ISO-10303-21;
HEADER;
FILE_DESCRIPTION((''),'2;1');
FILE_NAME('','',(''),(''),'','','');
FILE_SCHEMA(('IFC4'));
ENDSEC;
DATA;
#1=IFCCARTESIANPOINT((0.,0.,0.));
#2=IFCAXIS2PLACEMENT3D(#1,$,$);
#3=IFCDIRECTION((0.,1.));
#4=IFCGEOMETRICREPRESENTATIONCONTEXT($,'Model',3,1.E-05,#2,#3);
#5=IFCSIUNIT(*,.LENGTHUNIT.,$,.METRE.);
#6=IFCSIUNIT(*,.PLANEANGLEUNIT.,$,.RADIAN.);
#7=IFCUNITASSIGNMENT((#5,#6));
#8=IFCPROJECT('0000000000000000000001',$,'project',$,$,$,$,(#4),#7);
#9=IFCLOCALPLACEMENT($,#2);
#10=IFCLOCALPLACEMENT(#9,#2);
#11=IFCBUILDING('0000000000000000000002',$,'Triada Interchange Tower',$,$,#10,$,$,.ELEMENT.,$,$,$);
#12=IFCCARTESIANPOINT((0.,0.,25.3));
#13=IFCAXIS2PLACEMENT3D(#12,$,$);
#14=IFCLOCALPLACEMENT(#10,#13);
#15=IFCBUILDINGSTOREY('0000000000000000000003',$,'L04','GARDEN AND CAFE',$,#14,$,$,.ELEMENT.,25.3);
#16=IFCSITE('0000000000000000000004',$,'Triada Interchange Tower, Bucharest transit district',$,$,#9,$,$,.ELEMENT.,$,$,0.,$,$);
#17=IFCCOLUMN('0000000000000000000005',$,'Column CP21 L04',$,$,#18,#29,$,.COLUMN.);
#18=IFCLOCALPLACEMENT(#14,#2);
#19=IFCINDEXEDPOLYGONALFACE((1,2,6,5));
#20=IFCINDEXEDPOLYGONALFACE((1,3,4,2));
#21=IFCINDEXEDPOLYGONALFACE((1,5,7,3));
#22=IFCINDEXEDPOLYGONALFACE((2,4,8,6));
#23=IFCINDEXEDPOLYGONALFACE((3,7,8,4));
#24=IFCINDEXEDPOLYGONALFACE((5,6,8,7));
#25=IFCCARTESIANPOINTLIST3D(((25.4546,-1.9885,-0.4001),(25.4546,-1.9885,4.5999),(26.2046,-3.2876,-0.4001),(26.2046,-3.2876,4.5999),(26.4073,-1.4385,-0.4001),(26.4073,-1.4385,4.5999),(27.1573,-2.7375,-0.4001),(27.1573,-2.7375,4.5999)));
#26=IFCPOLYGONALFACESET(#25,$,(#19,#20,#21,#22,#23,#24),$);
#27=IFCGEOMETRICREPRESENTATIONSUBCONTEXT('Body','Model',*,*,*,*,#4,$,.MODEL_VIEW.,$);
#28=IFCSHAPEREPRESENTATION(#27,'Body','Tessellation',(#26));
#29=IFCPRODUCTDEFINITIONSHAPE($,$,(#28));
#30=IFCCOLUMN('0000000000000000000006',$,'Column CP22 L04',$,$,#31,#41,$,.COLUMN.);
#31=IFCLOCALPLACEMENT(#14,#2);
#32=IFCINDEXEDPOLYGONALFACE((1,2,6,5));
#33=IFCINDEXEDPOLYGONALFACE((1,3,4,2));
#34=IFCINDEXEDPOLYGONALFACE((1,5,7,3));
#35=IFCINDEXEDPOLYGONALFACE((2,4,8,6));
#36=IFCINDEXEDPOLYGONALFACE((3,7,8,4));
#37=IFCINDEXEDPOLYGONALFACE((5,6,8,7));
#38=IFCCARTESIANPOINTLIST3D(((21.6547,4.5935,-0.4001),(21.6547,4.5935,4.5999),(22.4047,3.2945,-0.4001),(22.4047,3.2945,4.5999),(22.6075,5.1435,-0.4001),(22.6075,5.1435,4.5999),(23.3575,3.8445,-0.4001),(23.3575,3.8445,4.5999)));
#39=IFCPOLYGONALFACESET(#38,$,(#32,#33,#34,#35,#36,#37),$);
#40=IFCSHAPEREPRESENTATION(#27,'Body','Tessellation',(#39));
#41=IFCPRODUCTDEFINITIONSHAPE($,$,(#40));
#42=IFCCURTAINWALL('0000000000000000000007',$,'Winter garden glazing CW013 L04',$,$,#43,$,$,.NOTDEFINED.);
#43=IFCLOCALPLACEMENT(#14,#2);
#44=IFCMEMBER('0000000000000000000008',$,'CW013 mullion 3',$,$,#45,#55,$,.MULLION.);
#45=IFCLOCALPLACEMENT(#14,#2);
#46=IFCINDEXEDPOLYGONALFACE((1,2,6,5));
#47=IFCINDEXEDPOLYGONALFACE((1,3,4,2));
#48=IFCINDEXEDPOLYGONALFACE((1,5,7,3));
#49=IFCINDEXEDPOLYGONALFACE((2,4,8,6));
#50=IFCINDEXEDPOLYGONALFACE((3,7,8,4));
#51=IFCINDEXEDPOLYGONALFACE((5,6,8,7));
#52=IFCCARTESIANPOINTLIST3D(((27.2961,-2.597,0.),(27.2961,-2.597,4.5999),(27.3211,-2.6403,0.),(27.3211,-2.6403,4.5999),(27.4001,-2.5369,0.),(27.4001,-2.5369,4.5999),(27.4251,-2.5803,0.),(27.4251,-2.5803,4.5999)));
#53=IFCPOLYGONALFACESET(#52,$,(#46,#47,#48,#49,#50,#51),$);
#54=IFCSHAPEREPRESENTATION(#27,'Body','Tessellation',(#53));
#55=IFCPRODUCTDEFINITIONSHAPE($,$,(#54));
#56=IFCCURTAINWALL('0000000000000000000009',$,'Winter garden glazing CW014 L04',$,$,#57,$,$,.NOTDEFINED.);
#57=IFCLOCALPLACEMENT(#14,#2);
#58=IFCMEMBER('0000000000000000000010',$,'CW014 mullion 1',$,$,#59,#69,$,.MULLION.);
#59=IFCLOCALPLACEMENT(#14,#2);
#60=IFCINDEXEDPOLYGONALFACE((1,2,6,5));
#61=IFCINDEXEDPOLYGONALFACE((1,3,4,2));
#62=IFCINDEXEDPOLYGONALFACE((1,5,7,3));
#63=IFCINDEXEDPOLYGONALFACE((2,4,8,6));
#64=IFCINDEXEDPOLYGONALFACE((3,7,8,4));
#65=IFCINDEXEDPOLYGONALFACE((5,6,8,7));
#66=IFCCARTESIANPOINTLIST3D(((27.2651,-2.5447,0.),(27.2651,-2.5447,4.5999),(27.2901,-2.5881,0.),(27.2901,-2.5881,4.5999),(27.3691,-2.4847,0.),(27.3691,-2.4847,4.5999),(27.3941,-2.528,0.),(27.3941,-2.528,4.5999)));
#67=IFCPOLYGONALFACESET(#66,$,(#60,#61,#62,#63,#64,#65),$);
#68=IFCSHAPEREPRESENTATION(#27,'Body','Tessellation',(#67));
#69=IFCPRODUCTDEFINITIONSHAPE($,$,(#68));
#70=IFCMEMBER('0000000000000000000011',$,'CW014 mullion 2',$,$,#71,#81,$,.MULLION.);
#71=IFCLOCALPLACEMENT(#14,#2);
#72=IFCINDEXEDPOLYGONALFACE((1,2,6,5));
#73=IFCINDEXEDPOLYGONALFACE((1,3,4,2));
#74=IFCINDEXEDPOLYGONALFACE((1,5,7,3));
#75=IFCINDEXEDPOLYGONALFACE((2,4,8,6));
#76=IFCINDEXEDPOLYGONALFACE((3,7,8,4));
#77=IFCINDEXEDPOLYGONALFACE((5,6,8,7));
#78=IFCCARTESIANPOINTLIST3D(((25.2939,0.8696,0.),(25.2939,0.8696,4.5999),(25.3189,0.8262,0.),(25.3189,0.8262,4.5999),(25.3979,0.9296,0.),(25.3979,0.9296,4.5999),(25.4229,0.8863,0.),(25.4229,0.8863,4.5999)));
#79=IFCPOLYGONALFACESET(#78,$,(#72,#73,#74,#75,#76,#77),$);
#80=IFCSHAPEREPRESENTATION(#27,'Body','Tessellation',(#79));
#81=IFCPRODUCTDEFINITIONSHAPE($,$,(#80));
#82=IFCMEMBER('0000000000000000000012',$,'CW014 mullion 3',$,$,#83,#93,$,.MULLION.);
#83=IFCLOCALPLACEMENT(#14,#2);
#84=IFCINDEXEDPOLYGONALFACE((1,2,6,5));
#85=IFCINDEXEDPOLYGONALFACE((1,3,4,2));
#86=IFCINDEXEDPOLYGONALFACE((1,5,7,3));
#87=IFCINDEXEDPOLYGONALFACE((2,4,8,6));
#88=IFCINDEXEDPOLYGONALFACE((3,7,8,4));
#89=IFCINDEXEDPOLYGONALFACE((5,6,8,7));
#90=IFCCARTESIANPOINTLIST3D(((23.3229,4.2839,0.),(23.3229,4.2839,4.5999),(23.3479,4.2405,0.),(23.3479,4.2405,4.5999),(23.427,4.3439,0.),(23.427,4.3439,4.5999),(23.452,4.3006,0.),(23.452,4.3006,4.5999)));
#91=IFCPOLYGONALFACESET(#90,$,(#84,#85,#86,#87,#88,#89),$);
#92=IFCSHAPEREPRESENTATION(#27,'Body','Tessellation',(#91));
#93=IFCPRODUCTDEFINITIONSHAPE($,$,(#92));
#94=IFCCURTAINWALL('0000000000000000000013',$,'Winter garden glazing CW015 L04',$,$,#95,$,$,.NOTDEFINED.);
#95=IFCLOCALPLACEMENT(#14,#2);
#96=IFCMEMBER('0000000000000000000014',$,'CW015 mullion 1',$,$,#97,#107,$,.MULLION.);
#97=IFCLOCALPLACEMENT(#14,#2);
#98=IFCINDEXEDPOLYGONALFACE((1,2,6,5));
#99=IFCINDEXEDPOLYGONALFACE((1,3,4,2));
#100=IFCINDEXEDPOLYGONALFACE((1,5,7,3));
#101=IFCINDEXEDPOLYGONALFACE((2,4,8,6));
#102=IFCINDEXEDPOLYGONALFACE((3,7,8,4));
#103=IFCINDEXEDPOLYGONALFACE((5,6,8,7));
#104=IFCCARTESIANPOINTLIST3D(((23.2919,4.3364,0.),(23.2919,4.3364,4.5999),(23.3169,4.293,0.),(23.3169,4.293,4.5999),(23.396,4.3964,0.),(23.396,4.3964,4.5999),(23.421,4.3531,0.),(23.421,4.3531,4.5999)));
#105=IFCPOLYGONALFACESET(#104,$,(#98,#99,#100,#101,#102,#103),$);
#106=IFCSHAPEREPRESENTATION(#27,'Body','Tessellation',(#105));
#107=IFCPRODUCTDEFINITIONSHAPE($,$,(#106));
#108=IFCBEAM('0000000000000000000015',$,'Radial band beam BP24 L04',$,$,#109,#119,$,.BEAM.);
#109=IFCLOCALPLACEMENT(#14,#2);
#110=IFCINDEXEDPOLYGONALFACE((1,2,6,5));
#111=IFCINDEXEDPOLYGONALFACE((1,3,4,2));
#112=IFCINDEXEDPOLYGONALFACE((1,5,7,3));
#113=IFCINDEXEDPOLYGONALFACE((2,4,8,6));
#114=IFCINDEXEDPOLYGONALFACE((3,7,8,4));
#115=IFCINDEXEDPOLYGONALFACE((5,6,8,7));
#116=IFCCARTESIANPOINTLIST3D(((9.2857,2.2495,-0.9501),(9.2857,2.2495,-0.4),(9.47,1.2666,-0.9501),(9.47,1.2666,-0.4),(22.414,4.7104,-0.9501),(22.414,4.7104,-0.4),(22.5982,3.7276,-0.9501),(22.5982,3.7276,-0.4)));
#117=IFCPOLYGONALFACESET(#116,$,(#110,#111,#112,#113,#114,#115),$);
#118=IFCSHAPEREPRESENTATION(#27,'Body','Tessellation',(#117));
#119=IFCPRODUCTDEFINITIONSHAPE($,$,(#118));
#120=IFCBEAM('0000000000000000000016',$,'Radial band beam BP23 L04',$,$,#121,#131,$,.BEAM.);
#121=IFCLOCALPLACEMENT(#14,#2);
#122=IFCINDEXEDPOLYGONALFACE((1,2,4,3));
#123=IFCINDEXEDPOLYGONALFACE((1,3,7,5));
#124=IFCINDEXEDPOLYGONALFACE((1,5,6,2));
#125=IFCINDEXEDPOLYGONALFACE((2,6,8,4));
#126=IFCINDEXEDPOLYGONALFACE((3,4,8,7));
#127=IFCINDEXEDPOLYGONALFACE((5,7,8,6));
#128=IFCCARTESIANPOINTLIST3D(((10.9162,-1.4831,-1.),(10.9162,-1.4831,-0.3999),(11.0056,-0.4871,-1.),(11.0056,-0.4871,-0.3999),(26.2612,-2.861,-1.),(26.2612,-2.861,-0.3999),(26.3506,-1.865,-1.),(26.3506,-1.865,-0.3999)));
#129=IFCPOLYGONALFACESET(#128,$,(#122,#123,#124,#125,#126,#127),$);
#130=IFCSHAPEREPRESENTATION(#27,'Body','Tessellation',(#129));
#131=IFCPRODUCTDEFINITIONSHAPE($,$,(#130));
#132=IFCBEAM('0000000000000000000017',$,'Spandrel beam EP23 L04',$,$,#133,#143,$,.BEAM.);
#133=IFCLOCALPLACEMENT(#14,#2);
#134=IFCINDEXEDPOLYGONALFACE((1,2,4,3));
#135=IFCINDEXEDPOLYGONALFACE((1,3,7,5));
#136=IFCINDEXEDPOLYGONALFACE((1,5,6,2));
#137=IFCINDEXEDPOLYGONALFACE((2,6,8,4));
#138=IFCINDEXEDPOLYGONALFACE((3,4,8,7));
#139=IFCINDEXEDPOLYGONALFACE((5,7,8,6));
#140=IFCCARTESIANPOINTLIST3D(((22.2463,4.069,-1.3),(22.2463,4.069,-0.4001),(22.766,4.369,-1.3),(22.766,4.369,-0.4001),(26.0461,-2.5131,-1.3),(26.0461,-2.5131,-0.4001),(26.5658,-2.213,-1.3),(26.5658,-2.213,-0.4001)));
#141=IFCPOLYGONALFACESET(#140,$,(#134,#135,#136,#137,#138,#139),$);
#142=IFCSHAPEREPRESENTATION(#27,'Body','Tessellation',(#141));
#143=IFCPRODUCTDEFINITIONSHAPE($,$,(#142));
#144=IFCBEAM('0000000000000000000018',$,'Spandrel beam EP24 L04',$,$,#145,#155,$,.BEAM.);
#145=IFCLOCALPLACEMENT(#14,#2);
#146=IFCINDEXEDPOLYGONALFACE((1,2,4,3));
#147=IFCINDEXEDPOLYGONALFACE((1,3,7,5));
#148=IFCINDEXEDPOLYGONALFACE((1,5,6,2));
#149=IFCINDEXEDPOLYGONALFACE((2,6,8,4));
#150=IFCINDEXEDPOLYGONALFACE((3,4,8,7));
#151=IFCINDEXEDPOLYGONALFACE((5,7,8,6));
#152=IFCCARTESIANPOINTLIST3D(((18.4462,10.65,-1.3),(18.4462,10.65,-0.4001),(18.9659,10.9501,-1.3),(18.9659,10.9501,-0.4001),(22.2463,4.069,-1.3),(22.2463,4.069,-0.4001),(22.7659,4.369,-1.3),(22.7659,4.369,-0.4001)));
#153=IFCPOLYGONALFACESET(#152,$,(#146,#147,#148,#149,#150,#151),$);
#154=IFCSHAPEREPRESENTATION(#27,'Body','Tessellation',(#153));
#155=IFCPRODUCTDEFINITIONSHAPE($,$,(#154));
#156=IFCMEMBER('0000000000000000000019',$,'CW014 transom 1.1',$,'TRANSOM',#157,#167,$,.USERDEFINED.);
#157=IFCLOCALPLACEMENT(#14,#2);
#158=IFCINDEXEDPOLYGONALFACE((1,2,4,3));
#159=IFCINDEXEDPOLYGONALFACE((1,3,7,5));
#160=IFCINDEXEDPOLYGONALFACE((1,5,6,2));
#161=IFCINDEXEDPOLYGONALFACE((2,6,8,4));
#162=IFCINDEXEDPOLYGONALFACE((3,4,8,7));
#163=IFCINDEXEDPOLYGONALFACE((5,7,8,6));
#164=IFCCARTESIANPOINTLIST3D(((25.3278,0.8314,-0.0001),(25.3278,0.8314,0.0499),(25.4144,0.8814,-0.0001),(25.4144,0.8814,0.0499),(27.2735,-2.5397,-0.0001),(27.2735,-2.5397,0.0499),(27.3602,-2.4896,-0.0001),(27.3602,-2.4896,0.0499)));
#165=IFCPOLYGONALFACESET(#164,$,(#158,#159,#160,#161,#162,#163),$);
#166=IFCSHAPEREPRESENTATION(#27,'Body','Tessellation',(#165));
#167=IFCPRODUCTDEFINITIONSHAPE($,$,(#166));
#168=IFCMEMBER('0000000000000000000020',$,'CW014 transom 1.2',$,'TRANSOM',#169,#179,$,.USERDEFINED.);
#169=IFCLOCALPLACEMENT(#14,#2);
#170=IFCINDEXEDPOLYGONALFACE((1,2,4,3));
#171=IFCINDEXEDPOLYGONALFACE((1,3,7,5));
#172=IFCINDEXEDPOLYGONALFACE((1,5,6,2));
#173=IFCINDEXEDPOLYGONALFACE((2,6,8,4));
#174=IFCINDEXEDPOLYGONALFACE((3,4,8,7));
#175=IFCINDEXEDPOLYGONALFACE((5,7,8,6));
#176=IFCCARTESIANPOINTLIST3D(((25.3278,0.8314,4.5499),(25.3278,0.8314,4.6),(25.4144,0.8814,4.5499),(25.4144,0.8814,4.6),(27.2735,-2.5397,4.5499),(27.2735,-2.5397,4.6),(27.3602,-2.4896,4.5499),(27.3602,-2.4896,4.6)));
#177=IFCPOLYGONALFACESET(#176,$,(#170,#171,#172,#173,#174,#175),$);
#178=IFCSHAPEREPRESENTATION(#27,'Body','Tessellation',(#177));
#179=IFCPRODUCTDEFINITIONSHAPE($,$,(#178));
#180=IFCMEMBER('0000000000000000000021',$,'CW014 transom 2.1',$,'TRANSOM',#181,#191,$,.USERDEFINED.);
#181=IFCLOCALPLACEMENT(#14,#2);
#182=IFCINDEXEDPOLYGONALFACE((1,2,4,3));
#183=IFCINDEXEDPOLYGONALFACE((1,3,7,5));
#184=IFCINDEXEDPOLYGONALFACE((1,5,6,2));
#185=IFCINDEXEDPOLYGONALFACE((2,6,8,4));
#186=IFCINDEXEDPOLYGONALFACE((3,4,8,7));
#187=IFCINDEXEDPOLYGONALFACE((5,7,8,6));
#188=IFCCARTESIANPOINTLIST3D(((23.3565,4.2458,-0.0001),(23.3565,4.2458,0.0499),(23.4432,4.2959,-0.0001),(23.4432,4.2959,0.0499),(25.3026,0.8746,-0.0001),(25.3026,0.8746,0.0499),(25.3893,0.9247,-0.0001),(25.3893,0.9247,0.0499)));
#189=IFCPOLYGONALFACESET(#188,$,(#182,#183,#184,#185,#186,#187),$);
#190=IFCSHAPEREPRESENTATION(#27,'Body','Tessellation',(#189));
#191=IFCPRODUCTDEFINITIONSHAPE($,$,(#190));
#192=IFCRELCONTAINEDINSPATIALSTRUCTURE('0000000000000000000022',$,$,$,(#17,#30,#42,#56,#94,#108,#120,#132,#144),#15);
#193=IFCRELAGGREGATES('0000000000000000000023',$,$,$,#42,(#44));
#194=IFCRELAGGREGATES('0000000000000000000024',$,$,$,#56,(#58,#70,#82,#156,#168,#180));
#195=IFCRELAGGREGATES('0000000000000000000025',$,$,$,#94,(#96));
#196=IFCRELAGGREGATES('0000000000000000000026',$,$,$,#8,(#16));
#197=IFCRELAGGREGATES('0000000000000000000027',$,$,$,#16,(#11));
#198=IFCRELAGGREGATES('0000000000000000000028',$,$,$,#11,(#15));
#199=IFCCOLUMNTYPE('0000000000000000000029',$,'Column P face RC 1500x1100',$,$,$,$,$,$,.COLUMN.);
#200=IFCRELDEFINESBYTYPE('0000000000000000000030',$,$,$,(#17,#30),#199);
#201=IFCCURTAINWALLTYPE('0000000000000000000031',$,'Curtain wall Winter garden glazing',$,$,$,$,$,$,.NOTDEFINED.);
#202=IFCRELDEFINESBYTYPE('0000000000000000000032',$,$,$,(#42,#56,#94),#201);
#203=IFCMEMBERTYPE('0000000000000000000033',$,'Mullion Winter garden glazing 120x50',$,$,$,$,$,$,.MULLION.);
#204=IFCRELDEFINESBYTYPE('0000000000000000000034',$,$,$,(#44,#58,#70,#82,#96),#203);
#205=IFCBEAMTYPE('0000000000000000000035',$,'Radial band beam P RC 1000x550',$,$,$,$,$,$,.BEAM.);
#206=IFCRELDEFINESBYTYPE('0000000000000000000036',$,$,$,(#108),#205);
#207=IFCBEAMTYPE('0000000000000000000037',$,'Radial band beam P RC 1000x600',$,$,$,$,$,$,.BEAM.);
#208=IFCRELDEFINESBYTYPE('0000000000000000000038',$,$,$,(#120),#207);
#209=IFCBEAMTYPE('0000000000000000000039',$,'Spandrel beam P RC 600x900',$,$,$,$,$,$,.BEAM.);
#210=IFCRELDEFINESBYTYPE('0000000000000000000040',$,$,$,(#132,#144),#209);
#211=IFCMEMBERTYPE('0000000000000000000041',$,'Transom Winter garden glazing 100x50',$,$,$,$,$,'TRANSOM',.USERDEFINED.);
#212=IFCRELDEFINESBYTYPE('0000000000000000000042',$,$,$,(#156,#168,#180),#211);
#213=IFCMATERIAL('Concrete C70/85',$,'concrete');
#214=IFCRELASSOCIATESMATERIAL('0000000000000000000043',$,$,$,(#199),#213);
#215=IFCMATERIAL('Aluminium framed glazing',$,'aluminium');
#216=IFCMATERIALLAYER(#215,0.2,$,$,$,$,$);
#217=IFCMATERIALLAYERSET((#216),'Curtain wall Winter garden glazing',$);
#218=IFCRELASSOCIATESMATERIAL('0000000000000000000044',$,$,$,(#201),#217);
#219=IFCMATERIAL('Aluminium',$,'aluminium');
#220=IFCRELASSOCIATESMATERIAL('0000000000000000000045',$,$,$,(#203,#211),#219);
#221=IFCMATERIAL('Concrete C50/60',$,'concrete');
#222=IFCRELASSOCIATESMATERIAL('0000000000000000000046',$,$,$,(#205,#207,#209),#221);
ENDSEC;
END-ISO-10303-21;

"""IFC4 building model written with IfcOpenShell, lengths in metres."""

from ifc_helpers import new_model, si_unit, direction, frame, origin, origin_2d, place, context, subcontext, project, spatial, rectangle, extrude, material, layer, layer_set, material_profile, profile_set, type_object, element, aggregate, save


model = new_model("IFC4")

# Units and contexts
model_context = context("Model", 3, precision=1e-05, world=origin(), true_north=direction((0.0, 1.0)))
body_context = subcontext(model_context, "Body", "Model", "MODEL_VIEW")
ifc_project = project(units=[si_unit("LENGTHUNIT", "METRE"), si_unit("PLANEANGLEUNIT", "RADIAN")], contexts=[model_context])

# Site, building, storey
site_placement = place(None, origin())
site = spatial("IfcSite", under=ifc_project, at=site_placement, Name="Triada Interchange Tower, Bucharest transit district", CompositionType="ELEMENT", RefElevation=0.0)
building_placement = place(site_placement, origin())
building = spatial("IfcBuilding", under=site, at=building_placement, Name="Triada Interchange Tower", CompositionType="ELEMENT")
storey_placement = place(building_placement, frame((0.0, 0.0, 25.3)))
storey = spatial("IfcBuildingStorey", under=building, at=storey_placement, Name="L04", Description="GARDEN AND CAFE", CompositionType="ELEMENT", Elevation=25.3)

# Columns
ifc_material_1 = material(Name="Concrete C70/85", Category="concrete")
ifc_material_profile_1 = material_profile(ifc_material_1, rectangle(XDim=1.5, YDim=1.1001, at=origin_2d()), Name="RC 1500x1100")
ifc_profile_set_1 = profile_set([ifc_material_profile_1], Name="Concrete C70/85")
column_type = type_object("IfcColumnType", Name="Column P face RC 1500x1100", PredefinedType="COLUMN", material=ifc_profile_set_1)
for number, where, z_axis, x_axis, name in (
    (1, (26.3059, -2.363, -0.4001), (0.0, 0.0, 1.0), (-0.5, 0.866025, 0.0), "Column CP21 L04"),
    (2, (22.5061, 4.219, -0.4001), (0.0, 0.0, 1.0), (-0.5, 0.866025, 0.0), "Column CP22 L04"),
):
    element("IfcColumn", number, at=place(storey_placement, frame(where, z_axis=z_axis, x_axis=x_axis)), inside=storey, type_object=column_type, Name=name, PredefinedType="COLUMN", context=body_context, shape_type="SweptSolid", body=[
        extrude(rectangle(XDim=1.5, YDim=1.1001, at=origin_2d()), origin(), (0.0, 0.0, 1.0), 5.0),
    ])

# Curtain wall, member
ifc_material_2 = material(Name="Aluminium framed glazing", Category="aluminium")
ifc_layer_1 = layer(ifc_material_2, 0.2)
ifc_layer_set_1 = layer_set([ifc_layer_1], Name="Curtain wall Winter garden glazing")
curtain_wall_type = type_object("IfcCurtainWallType", Name="Curtain wall Winter garden glazing", PredefinedType="NOTDEFINED", material=ifc_layer_set_1)
curtain_wall_1_placement = place(storey_placement, origin())
curtain_wall_1 = element("IfcCurtainWall", 3, at=curtain_wall_1_placement, inside=storey, type_object=curtain_wall_type, Name="Winter garden glazing CW013 L04", PredefinedType="NOTDEFINED")
ifc_material_3 = material(Name="Aluminium", Category="aluminium")
ifc_material_profile_2 = material_profile(ifc_material_3, rectangle(XDim=0.1201, YDim=0.05, at=origin_2d()), Name="Aluminium mullion")
ifc_profile_set_2 = profile_set([ifc_material_profile_2], Name="Aluminium")
member_type_1 = type_object("IfcMemberType", Name="Mullion Winter garden glazing 120x50", PredefinedType="MULLION", material=ifc_profile_set_2)
member_1_placement = place(storey_placement, frame((27.3606, -2.5886, 0.0), z_axis=(0.0, 0.0, 1.0), x_axis=(-0.866055, -0.499948, 0.0)))
member_1 = element("IfcMember", 4, at=member_1_placement, type_object=member_type_1, Name="CW013 mullion 3", PredefinedType="MULLION", context=body_context, shape_type="SweptSolid", body=[
    extrude(rectangle(XDim=0.1201, YDim=0.05, at=origin_2d()), origin(), (0.0, 0.0, 1.0), 4.5999),
])

# Curtain wall, members
curtain_wall_2_placement = place(storey_placement, origin())
curtain_wall_2 = element("IfcCurtainWall", 5, at=curtain_wall_2_placement, inside=storey, type_object=curtain_wall_type, Name="Winter garden glazing CW014 L04", PredefinedType="NOTDEFINED")
member_2_placement = place(storey_placement, frame((27.3296, -2.5364, 0.0), z_axis=(0.0, 0.0, 1.0), x_axis=(-0.866055, -0.499948, 0.0)))
member_2 = element("IfcMember", 6, at=member_2_placement, type_object=member_type_1, Name="CW014 mullion 1", PredefinedType="MULLION", context=body_context, shape_type="SweptSolid", body=[
    extrude(rectangle(XDim=0.1201, YDim=0.05, at=origin_2d()), origin(), (0.0, 0.0, 1.0), 4.5999),
])
member_3_placement = place(storey_placement, frame((25.3584, 0.8779, 0.0), z_axis=(0.0, 0.0, 1.0), x_axis=(-0.866055, -0.499948, 0.0)))
member_3 = element("IfcMember", 7, at=member_3_placement, type_object=member_type_1, Name="CW014 mullion 2", PredefinedType="MULLION", context=body_context, shape_type="SweptSolid", body=[
    extrude(rectangle(XDim=0.1201, YDim=0.05, at=origin_2d()), origin(), (0.0, 0.0, 1.0), 4.5999),
])
member_4_placement = place(storey_placement, frame((23.3875, 4.2922, 0.0), z_axis=(0.0, 0.0, 1.0), x_axis=(-0.866055, -0.499948, 0.0)))
member_4 = element("IfcMember", 8, at=member_4_placement, type_object=member_type_1, Name="CW014 mullion 3", PredefinedType="MULLION", context=body_context, shape_type="SweptSolid", body=[
    extrude(rectangle(XDim=0.1201, YDim=0.05, at=origin_2d()), origin(), (0.0, 0.0, 1.0), 4.5999),
])

# Curtain wall, member
curtain_wall_3_placement = place(storey_placement, origin())
curtain_wall_3 = element("IfcCurtainWall", 9, at=curtain_wall_3_placement, inside=storey, type_object=curtain_wall_type, Name="Winter garden glazing CW015 L04", PredefinedType="NOTDEFINED")
member_5_placement = place(storey_placement, frame((23.3564, 4.3447, 0.0), z_axis=(0.0, 0.0, 1.0), x_axis=(-0.866087, -0.499893, 0.0)))
member_5 = element("IfcMember", 10, at=member_5_placement, type_object=member_type_1, Name="CW015 mullion 1", PredefinedType="MULLION", context=body_context, shape_type="SweptSolid", body=[
    extrude(rectangle(XDim=0.1201, YDim=0.05, at=origin_2d()), origin(), (0.0, 0.0, 1.0), 4.5999),
])

# Beams
ifc_material_4 = material(Name="Concrete C50/60", Category="concrete")
ifc_material_profile_3 = material_profile(ifc_material_4, rectangle(XDim=1.0, YDim=0.55, at=origin_2d()), Name="RC 1000x550")
ifc_profile_set_3 = profile_set([ifc_material_profile_3], Name="Concrete C50/60")
beam_type_1 = type_object("IfcBeamType", Name="Radial band beam P RC 1000x550", PredefinedType="BEAM", material=ifc_profile_set_3)
beam_1_placement = place(storey_placement, frame((22.5061, 4.219, -0.675), z_axis=(-0.98288, -0.184245, 0.0), x_axis=(0.184245, -0.98288, 0.0)))
element("IfcBeam", 11, at=beam_1_placement, inside=storey, type_object=beam_type_1, Name="Radial band beam BP24 L04", PredefinedType="BEAM", context=body_context, shape_type="SweptSolid", body=[
    extrude(rectangle(XDim=1.0, YDim=0.55, at=origin_2d()), origin(), (0.0, 0.0, 1.0), 13.3569),
])
ifc_material_profile_4 = material_profile(ifc_material_4, rectangle(XDim=1.0, YDim=0.6001, at=origin_2d()), Name="RC 1000x600")
ifc_profile_set_4 = profile_set([ifc_material_profile_4], Name="Concrete C50/60")
beam_type_2 = type_object("IfcBeamType", Name="Radial band beam P RC 1000x600", PredefinedType="BEAM", material=ifc_profile_set_4)
beam_2_placement = place(storey_placement, frame((26.3059, -2.363, -0.7), z_axis=(-0.995992, 0.089437, 0.0), x_axis=(-0.089437, -0.995992, 0.0)))
element("IfcBeam", 12, at=beam_2_placement, inside=storey, type_object=beam_type_2, Name="Radial band beam BP23 L04", PredefinedType="BEAM", context=body_context, shape_type="SweptSolid", body=[
    extrude(rectangle(XDim=1.0, YDim=0.6001, at=origin_2d()), origin(), (0.0, 0.0, 1.0), 15.4067),
])
ifc_material_profile_5 = material_profile(ifc_material_4, rectangle(XDim=0.6001, YDim=0.8999, at=origin_2d()), Name="RC 600x900")
ifc_profile_set_5 = profile_set([ifc_material_profile_5], Name="Concrete C50/60")
beam_type_3 = type_object("IfcBeamType", Name="Spandrel beam P RC 600x900", PredefinedType="BEAM", material=ifc_profile_set_5)
beam_3_placement = place(storey_placement, frame((26.3059, -2.363, -0.8501), z_axis=(-0.499967, 0.866044, 0.0), x_axis=(-0.866044, -0.499967, 0.0)))
element("IfcBeam", 13, at=beam_3_placement, inside=storey, type_object=beam_type_3, Name="Spandrel beam EP23 L04", PredefinedType="BEAM", context=body_context, shape_type="SweptSolid", body=[
    extrude(rectangle(XDim=0.6001, YDim=0.8999, at=origin_2d()), origin(), (0.0, 0.0, 1.0), 7.6001),
])
beam_4_placement = place(storey_placement, frame((22.5061, 4.219, -0.8501), z_axis=(-0.500047, 0.865998, 0.0), x_axis=(-0.865998, -0.500047, 0.0)))
element("IfcBeam", 14, at=beam_4_placement, inside=storey, type_object=beam_type_3, Name="Spandrel beam EP24 L04", PredefinedType="BEAM", context=body_context, shape_type="SweptSolid", body=[
    extrude(rectangle(XDim=0.6001, YDim=0.8999, at=origin_2d()), origin(), (0.0, 0.0, 1.0), 7.5994),
])

# Members
ifc_material_profile_6 = material_profile(ifc_material_3, rectangle(XDim=0.1001, YDim=0.05, at=origin_2d()), Name="Aluminium transom")
ifc_profile_set_6 = profile_set([ifc_material_profile_6], Name="Aluminium")
member_type_2 = type_object("IfcMemberType", Name="Transom Winter garden glazing 100x50", ElementType="TRANSOM", PredefinedType="USERDEFINED", material=ifc_profile_set_6)
member_6_placement = place(storey_placement, frame((27.3169, -2.5146, 0.0249), z_axis=(-0.499903, 0.866081, 0.0), x_axis=(-0.866081, -0.499903, 0.0)))
member_6 = element("IfcMember", 15, at=member_6_placement, type_object=member_type_2, Name="CW014 transom 1.1", ObjectType="TRANSOM", PredefinedType="USERDEFINED", context=body_context, shape_type="SweptSolid", body=[
    extrude(rectangle(XDim=0.1001, YDim=0.05, at=origin_2d()), origin(), (0.0, 0.0, 1.0), 3.8923),
])
member_7_placement = place(storey_placement, frame((27.3169, -2.5146, 4.575), z_axis=(-0.499903, 0.866081, 0.0), x_axis=(-0.866081, -0.499903, 0.0)))
member_7 = element("IfcMember", 16, at=member_7_placement, type_object=member_type_2, Name="CW014 transom 1.2", ObjectType="TRANSOM", PredefinedType="USERDEFINED", context=body_context, shape_type="SweptSolid", body=[
    extrude(rectangle(XDim=0.1001, YDim=0.05, at=origin_2d()), origin(), (0.0, 0.0, 1.0), 3.8923),
])
member_8_placement = place(storey_placement, frame((25.3459, 0.8997, 0.0249), z_axis=(-0.49995, 0.866054, 0.0), x_axis=(-0.866054, -0.49995, 0.0)))
member_8 = element("IfcMember", 17, at=member_8_placement, type_object=member_type_2, Name="CW014 transom 2.1", ObjectType="TRANSOM", PredefinedType="USERDEFINED", context=body_context, shape_type="SweptSolid", body=[
    extrude(rectangle(XDim=0.1001, YDim=0.05, at=origin_2d()), origin(), (0.0, 0.0, 1.0), 3.8926),
])

aggregate(curtain_wall_1, [member_1])
aggregate(curtain_wall_2, [member_2, member_3, member_4, member_6, member_7, member_8])
aggregate(curtain_wall_3, [member_5])

save(model, "model.ifc")
